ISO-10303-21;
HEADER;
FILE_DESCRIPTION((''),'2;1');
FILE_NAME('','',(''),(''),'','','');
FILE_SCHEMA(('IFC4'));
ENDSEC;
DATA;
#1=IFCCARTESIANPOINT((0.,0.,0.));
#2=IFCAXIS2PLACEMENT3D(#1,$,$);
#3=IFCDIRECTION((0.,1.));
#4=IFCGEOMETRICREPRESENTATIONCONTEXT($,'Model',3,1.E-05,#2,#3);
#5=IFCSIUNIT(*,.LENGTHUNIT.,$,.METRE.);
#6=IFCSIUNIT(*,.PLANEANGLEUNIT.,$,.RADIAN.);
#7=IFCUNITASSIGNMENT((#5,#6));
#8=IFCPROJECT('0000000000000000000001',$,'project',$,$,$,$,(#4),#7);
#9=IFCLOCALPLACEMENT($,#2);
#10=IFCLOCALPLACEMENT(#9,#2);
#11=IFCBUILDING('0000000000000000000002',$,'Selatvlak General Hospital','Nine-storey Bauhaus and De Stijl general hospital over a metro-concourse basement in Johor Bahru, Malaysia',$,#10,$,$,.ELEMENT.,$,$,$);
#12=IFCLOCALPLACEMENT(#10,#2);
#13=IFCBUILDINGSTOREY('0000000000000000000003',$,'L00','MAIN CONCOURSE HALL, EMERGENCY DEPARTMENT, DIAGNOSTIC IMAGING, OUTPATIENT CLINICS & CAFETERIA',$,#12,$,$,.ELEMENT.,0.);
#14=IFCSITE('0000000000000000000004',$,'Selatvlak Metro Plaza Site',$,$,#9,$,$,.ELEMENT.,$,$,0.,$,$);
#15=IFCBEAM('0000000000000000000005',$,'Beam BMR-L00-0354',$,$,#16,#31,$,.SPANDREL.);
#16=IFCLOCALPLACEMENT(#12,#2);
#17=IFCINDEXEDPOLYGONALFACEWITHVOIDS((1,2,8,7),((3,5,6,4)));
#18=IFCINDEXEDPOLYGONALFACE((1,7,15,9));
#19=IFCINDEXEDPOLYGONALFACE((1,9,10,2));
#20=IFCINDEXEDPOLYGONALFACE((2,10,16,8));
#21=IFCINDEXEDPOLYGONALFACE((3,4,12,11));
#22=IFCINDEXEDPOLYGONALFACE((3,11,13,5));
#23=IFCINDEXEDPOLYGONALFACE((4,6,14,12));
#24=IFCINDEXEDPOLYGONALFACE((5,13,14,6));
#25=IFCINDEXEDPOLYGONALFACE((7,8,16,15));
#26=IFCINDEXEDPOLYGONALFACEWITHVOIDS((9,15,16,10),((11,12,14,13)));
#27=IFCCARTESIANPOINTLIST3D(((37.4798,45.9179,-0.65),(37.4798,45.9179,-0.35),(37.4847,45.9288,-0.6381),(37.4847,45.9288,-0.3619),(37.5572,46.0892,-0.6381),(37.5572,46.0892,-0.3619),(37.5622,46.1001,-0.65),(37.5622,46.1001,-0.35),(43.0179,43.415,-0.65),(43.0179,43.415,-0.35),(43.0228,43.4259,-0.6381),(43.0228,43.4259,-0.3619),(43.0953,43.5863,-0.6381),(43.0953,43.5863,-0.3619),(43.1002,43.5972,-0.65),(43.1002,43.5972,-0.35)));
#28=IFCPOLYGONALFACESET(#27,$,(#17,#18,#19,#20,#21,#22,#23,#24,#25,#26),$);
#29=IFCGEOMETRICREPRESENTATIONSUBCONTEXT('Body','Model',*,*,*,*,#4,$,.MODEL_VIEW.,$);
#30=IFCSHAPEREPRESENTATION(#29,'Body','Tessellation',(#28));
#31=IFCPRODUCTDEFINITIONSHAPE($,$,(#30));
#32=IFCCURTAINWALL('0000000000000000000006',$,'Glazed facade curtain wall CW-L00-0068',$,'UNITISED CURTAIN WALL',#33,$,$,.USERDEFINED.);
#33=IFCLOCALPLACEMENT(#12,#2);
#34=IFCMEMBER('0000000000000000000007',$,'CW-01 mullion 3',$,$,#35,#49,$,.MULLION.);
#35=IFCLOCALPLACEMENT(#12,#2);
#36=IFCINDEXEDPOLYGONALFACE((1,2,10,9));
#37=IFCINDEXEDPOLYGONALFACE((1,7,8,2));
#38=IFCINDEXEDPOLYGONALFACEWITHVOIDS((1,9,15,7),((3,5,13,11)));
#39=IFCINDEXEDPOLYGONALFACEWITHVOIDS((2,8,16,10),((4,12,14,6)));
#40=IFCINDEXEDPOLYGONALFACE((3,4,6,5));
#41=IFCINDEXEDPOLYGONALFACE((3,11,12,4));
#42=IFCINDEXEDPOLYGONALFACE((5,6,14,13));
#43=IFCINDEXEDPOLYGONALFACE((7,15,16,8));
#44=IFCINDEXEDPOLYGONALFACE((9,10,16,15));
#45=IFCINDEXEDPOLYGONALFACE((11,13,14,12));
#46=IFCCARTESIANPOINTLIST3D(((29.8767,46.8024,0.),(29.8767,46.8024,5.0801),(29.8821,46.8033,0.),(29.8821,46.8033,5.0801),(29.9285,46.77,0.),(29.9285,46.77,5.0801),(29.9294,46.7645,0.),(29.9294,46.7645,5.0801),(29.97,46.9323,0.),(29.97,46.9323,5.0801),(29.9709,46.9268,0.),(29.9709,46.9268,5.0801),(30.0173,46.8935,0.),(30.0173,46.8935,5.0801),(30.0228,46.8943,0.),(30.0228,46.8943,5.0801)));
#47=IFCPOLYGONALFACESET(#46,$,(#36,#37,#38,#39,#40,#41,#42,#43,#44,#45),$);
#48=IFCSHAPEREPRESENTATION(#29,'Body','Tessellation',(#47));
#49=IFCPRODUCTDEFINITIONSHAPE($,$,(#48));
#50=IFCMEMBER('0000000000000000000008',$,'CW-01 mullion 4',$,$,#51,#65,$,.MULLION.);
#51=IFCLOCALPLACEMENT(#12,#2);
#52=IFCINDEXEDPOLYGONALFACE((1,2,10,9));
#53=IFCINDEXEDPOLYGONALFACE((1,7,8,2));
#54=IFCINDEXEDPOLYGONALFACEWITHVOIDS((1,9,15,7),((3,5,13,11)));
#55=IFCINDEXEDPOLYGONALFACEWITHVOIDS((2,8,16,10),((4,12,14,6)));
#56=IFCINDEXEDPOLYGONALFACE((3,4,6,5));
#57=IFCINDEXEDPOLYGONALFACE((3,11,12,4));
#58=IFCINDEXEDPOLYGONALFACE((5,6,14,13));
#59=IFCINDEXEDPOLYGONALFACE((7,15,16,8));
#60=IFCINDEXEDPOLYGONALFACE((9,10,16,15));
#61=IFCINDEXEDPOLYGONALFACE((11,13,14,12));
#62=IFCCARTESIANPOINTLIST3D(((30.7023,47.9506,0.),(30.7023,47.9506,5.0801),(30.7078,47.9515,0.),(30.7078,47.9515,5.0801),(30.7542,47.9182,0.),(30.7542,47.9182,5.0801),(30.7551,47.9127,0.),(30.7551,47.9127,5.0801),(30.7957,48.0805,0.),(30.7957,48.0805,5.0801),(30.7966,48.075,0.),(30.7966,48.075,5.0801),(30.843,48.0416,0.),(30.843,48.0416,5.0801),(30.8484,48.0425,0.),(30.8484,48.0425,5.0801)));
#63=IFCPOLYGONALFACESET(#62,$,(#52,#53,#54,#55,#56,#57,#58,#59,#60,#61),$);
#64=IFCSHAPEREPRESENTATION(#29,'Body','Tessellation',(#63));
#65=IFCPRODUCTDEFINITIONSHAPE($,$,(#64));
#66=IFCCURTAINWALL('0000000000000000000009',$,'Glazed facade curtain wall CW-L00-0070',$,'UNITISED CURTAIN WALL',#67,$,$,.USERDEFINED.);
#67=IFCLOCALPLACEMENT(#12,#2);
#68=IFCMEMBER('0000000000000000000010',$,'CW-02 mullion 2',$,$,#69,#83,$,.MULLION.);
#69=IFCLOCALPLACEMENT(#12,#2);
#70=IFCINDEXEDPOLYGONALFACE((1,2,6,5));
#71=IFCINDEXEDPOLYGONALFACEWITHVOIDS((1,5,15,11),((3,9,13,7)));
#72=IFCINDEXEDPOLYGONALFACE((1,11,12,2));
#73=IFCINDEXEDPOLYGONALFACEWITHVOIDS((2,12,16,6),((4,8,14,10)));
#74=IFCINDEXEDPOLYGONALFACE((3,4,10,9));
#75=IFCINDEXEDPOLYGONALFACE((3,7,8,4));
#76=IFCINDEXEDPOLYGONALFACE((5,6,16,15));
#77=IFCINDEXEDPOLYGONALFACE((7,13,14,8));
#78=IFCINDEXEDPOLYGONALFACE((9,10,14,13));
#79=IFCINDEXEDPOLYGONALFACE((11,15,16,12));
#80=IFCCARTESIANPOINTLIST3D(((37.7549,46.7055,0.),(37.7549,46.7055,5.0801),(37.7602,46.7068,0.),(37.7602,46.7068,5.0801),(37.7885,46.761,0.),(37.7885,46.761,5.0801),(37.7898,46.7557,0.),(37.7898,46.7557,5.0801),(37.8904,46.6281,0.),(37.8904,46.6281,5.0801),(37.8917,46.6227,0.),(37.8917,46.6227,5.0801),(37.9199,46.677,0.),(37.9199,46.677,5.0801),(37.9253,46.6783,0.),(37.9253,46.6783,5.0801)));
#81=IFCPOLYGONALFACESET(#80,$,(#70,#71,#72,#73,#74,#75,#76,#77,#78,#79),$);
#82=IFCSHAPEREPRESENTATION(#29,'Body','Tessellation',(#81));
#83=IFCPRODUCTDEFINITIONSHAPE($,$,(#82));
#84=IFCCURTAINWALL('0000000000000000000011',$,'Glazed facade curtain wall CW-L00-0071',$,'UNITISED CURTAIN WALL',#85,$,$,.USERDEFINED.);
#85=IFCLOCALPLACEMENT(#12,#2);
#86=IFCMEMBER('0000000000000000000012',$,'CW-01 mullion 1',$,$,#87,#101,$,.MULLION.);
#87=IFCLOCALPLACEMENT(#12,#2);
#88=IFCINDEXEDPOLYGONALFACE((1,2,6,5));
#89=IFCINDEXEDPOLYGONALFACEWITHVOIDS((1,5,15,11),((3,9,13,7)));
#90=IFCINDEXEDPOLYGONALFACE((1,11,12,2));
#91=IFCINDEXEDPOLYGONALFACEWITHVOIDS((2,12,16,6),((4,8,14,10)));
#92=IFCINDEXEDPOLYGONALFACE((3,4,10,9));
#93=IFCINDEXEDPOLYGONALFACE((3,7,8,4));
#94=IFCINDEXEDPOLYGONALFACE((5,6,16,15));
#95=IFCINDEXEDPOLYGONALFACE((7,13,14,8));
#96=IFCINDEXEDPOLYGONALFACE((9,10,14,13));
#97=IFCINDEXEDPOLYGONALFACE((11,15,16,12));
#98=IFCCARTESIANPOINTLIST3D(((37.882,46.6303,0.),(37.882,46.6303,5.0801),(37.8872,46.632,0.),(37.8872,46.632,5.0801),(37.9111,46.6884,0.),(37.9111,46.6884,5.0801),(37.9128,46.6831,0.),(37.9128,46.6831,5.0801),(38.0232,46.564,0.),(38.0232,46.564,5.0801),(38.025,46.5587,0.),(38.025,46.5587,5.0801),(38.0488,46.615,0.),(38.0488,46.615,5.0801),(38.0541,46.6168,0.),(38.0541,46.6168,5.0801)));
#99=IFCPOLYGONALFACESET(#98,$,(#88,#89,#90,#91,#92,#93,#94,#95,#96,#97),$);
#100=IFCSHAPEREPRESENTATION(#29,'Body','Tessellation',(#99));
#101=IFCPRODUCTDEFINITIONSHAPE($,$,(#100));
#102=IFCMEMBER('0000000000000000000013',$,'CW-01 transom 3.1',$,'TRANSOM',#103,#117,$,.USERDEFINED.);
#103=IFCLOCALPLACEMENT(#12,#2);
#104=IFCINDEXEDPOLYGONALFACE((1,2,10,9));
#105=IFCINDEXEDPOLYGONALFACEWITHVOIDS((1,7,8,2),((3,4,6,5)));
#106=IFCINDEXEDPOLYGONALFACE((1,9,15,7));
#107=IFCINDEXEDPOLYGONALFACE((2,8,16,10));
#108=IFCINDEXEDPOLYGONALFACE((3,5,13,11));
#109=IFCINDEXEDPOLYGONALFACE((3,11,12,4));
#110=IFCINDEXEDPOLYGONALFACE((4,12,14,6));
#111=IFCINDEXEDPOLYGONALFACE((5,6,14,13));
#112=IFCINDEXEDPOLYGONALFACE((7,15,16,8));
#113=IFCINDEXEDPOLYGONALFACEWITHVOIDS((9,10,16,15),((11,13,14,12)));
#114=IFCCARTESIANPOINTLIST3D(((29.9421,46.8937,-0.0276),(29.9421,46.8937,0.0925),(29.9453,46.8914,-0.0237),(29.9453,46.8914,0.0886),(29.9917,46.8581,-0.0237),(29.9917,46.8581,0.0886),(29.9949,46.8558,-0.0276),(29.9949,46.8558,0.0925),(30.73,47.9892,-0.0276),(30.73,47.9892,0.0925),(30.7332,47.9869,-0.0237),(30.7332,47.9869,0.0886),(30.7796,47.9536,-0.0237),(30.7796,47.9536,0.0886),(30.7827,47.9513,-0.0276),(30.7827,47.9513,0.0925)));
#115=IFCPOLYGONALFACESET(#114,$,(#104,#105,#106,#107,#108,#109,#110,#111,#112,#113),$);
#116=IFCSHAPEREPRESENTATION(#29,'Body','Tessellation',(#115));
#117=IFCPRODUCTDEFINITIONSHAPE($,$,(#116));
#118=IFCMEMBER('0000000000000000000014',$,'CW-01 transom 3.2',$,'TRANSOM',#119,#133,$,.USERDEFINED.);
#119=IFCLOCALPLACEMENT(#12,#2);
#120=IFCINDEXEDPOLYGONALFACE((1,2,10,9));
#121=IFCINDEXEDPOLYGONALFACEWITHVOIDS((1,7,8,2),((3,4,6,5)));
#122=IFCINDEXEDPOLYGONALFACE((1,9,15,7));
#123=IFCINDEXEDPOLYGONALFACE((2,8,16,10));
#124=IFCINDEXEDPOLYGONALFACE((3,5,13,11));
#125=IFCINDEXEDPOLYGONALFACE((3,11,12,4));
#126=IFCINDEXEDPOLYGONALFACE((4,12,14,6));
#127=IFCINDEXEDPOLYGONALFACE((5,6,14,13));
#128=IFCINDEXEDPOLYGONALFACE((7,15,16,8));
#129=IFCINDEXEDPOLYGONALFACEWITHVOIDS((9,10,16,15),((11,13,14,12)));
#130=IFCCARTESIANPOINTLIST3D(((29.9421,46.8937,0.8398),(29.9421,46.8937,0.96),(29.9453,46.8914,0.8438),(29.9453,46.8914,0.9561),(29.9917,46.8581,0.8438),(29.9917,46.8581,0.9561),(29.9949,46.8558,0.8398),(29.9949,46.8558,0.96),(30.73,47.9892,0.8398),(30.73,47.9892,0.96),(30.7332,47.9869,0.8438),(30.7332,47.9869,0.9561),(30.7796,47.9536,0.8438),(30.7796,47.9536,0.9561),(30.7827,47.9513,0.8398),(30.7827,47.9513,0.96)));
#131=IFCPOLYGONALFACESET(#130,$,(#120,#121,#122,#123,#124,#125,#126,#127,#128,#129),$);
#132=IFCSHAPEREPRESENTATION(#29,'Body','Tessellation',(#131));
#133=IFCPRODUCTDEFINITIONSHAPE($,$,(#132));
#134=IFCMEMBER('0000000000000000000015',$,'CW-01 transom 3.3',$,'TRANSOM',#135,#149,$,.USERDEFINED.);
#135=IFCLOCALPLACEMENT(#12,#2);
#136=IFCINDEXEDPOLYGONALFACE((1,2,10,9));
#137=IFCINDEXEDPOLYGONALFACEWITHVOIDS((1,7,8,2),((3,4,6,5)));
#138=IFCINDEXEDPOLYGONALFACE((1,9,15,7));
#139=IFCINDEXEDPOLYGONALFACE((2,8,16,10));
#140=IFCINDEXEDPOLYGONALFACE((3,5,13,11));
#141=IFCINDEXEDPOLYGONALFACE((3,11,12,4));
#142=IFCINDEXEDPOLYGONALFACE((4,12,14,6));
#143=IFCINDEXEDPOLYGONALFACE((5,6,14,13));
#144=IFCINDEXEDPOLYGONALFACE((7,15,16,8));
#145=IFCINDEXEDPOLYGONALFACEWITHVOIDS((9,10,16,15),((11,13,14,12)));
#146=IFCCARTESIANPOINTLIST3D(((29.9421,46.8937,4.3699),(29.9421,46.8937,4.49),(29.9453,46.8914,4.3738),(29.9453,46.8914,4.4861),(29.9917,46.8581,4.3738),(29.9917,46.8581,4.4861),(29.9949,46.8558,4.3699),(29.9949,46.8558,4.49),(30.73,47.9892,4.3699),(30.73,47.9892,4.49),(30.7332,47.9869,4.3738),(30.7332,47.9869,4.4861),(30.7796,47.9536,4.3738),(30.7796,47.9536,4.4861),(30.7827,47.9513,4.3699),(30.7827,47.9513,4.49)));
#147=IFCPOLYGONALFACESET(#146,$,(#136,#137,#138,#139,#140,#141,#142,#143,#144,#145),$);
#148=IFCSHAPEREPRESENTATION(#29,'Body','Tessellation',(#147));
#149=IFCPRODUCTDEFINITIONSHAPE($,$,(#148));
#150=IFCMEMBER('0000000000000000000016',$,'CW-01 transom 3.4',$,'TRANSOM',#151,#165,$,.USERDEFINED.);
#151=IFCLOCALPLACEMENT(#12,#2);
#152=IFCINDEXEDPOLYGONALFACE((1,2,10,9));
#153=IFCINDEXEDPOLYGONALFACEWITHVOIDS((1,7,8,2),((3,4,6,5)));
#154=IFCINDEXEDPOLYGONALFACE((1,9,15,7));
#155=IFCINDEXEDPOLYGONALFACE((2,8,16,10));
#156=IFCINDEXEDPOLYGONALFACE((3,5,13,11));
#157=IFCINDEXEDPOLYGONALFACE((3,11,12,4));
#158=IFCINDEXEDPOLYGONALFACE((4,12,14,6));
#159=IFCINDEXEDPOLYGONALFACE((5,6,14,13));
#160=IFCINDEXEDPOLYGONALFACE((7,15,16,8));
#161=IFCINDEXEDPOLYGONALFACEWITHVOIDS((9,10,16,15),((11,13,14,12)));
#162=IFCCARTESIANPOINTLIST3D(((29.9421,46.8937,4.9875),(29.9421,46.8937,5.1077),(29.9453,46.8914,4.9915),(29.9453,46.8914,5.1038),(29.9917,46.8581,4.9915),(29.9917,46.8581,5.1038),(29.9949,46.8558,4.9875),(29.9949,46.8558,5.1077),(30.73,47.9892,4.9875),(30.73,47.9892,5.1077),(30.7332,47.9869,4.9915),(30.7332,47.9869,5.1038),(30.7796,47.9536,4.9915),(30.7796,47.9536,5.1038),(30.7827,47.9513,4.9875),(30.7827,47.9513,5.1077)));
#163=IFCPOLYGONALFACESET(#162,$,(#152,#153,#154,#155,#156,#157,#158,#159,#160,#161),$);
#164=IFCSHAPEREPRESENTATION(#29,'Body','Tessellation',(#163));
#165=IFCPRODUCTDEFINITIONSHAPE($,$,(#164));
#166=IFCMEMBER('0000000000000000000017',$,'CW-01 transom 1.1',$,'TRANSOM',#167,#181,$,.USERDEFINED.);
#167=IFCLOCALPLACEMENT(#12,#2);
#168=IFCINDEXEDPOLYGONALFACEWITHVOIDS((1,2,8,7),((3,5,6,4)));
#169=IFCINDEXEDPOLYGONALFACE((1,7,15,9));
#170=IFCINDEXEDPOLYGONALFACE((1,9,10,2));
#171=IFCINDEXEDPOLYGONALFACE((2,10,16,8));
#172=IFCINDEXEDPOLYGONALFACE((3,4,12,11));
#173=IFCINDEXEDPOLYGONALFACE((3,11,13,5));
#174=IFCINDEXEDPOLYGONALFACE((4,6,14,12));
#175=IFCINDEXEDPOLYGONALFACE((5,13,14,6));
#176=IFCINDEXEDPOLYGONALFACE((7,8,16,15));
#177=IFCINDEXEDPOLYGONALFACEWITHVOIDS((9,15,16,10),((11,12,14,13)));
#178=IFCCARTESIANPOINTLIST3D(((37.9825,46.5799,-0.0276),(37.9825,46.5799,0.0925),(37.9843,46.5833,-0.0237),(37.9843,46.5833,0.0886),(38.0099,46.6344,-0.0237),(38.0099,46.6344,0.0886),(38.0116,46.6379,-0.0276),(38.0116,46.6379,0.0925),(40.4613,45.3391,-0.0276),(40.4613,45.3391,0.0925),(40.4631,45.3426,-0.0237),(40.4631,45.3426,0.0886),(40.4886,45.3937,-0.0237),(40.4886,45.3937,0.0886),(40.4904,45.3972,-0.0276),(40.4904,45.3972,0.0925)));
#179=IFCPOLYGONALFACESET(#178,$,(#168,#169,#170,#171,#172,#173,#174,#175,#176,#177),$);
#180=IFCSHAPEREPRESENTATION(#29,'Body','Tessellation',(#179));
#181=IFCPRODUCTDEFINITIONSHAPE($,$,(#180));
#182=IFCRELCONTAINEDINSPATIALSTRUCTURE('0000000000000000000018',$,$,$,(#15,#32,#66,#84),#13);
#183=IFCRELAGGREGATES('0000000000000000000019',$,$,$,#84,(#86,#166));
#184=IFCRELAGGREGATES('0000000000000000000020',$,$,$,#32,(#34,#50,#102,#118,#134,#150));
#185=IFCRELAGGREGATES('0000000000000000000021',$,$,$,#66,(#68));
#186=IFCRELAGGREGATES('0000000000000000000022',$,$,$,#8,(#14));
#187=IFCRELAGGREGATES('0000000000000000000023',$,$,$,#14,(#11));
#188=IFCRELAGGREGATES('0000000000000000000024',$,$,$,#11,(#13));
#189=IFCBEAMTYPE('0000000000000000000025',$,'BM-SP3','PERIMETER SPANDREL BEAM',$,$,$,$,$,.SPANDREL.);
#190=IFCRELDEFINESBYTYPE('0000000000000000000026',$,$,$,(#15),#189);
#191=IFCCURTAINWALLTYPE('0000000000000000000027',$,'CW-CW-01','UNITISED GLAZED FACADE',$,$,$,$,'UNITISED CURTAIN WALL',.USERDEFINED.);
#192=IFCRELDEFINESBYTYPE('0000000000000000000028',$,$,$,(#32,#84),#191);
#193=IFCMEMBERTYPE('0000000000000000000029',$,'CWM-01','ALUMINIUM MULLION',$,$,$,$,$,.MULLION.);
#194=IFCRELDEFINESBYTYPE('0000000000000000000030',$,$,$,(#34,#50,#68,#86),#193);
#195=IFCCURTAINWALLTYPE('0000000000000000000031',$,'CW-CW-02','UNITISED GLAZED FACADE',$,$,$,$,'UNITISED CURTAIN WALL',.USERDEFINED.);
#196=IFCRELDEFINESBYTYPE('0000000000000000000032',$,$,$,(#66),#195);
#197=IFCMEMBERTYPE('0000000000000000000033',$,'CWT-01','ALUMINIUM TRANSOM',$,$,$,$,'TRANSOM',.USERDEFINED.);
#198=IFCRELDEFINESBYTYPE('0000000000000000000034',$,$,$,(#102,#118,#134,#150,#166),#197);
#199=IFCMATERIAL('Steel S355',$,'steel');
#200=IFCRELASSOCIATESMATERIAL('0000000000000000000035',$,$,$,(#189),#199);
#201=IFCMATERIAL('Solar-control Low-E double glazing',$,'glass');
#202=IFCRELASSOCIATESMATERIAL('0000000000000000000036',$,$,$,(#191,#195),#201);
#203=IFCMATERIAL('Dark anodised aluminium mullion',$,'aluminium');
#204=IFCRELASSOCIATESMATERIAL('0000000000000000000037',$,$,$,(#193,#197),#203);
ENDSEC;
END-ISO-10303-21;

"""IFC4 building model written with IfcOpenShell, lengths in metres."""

from ifc_helpers import new_model, si_unit, direction, frame, origin, origin_2d, place, context, subcontext, project, spatial, hollow_rectangle, extrude, material, material_profile, profile_set, type_object, element, aggregate, save


model = new_model("IFC4")

# Units and contexts
model_context = context("Model", 3, precision=1e-05, world=origin(), true_north=direction((0.0, 1.0)))
body_context = subcontext(model_context, "Body", "Model", "MODEL_VIEW")
ifc_project = project(units=[si_unit("LENGTHUNIT", "METRE"), si_unit("PLANEANGLEUNIT", "RADIAN")], contexts=[model_context])

# Site, building, storey
site_placement = place(None, origin())
site = spatial("IfcSite", under=ifc_project, at=site_placement, Name="Selatvlak Metro Plaza Site", CompositionType="ELEMENT", RefElevation=0.0)
building_placement = place(site_placement, origin())
building = spatial("IfcBuilding", under=site, at=building_placement, Name="Selatvlak General Hospital", Description="Nine-storey Bauhaus and De Stijl general hospital over a metro-concourse basement in Johor Bahru, Malaysia", CompositionType="ELEMENT")
storey_placement = place(building_placement, origin())
storey = spatial("IfcBuildingStorey", under=building, at=storey_placement, Name="L00", Description="MAIN CONCOURSE HALL, EMERGENCY DEPARTMENT, DIAGNOSTIC IMAGING, OUTPATIENT CLINICS & CAFETERIA", CompositionType="ELEMENT", Elevation=0.0)

# Beam
ifc_material_1 = material(Name="Steel S355", Category="steel")
ifc_material_profile_1 = material_profile(ifc_material_1, hollow_rectangle(XDim=0.2, YDim=0.3, WallThickness=0.012, at=origin_2d()), Name="RHS 300x200x12")
ifc_profile_set_1 = profile_set([ifc_material_profile_1], Name="Steel S355")
beam_type = type_object("IfcBeamType", Name="BM-SP3", Description="PERIMETER SPANDREL BEAM", PredefinedType="SPANDREL", material=ifc_profile_set_1)
beam_placement = place(storey_placement, frame((37.521, 46.009, -0.5), z_axis=(0.911256, -0.411841, 0.0), x_axis=(0.411841, 0.911256, 0.0)))
element("IfcBeam", 1, at=beam_placement, inside=storey, type_object=beam_type, Name="Beam BMR-L00-0354", PredefinedType="SPANDREL", context=body_context, shape_type="SweptSolid", body=[
    extrude(hollow_rectangle(XDim=0.2, YDim=0.3, WallThickness=0.012, at=origin_2d()), origin(), (0.0, 0.0, 1.0), 6.0774),
])

# Curtain wall, members
ifc_material_2 = material(Name="Solar-control Low-E double glazing", Category="glass")
curtain_wall_type_1 = type_object("IfcCurtainWallType", Name="CW-CW-01", Description="UNITISED GLAZED FACADE", ElementType="UNITISED CURTAIN WALL", PredefinedType="USERDEFINED", material=ifc_material_2)
curtain_wall_1_placement = place(storey_placement, origin())
curtain_wall_1 = element("IfcCurtainWall", 2, at=curtain_wall_1_placement, inside=storey, type_object=curtain_wall_type_1, Name="Glazed facade curtain wall CW-L00-0068", ObjectType="UNITISED CURTAIN WALL", PredefinedType="USERDEFINED")
ifc_material_3 = material(Name="Dark anodised aluminium mullion", Category="aluminium")
ifc_material_profile_2 = material_profile(ifc_material_3, hollow_rectangle(XDim=0.0649, YDim=0.1599, WallThickness=0.0039, at=origin_2d()), Name="AL-MUL 65x160x4")
ifc_profile_set_2 = profile_set([ifc_material_profile_2], Name="Dark anodised aluminium mullion")
member_type_1 = type_object("IfcMemberType", Name="CWM-01", Description="ALUMINIUM MULLION", PredefinedType="MULLION", material=ifc_profile_set_2)
member_1_placement = place(storey_placement, frame((29.9497, 46.8484, 0.0), z_axis=(0.0, 0.0, 1.0), x_axis=(-0.811837, 0.583884, 0.0)))
member_1 = element("IfcMember", 3, at=member_1_placement, type_object=member_type_1, Name="CW-01 mullion 3", PredefinedType="MULLION", context=body_context, shape_type="SweptSolid", body=[
    extrude(hollow_rectangle(XDim=0.0649, YDim=0.1599, WallThickness=0.0039, at=origin_2d()), origin(), (0.0, 0.0, 1.0), 5.0801),
])
member_2_placement = place(storey_placement, frame((30.7754, 47.9966, 0.0), z_axis=(0.0, 0.0, 1.0), x_axis=(-0.811837, 0.583884, 0.0)))
member_2 = element("IfcMember", 4, at=member_2_placement, type_object=member_type_1, Name="CW-01 mullion 4", PredefinedType="MULLION", context=body_context, shape_type="SweptSolid", body=[
    extrude(hollow_rectangle(XDim=0.0649, YDim=0.1599, WallThickness=0.0039, at=origin_2d()), origin(), (0.0, 0.0, 1.0), 5.0801),
])

# Curtain walls, members
curtain_wall_type_2 = type_object("IfcCurtainWallType", Name="CW-CW-02", Description="UNITISED GLAZED FACADE", ElementType="UNITISED CURTAIN WALL", PredefinedType="USERDEFINED", material=ifc_material_2)
curtain_wall_2_placement = place(storey_placement, origin())
curtain_wall_2 = element("IfcCurtainWall", 5, at=curtain_wall_2_placement, inside=storey, type_object=curtain_wall_type_2, Name="Glazed facade curtain wall CW-L00-0070", ObjectType="UNITISED CURTAIN WALL", PredefinedType="USERDEFINED")
member_3_placement = place(storey_placement, frame((37.8401, 46.6919, 0.0), z_axis=(0.0, 0.0, 1.0), x_axis=(0.517384, 0.855753, 0.0)))
member_3 = element("IfcMember", 6, at=member_3_placement, type_object=member_type_1, Name="CW-02 mullion 2", PredefinedType="MULLION", context=body_context, shape_type="SweptSolid", body=[
    extrude(hollow_rectangle(XDim=0.0649, YDim=0.1599, WallThickness=0.0039, at=origin_2d()), origin(), (0.0, 0.0, 1.0), 5.0801),
])
curtain_wall_3_placement = place(storey_placement, origin())
curtain_wall_3 = element("IfcCurtainWall", 7, at=curtain_wall_3_placement, inside=storey, type_object=curtain_wall_type_1, Name="Glazed facade curtain wall CW-L00-0071", ObjectType="UNITISED CURTAIN WALL", PredefinedType="USERDEFINED")
member_4_placement = place(storey_placement, frame((37.968, 46.6235, 0.0), z_axis=(0.0, 0.0, 1.0), x_axis=(0.447627, 0.89422, 0.0)))
member_4 = element("IfcMember", 8, at=member_4_placement, type_object=member_type_1, Name="CW-01 mullion 1", PredefinedType="MULLION", context=body_context, shape_type="SweptSolid", body=[
    extrude(hollow_rectangle(XDim=0.0649, YDim=0.1599, WallThickness=0.0039, at=origin_2d()), origin(), (0.0, 0.0, 1.0), 5.0801),
])

# Members
ifc_material_profile_3 = material_profile(ifc_material_3, hollow_rectangle(XDim=0.0649, YDim=0.1201, WallThickness=0.0039, at=origin_2d()), Name="AL-TRN 65x120x4")
ifc_profile_set_3 = profile_set([ifc_material_profile_3], Name="Dark anodised aluminium mullion")
member_type_2 = type_object("IfcMemberType", Name="CWT-01", Description="ALUMINIUM TRANSOM", ElementType="TRANSOM", PredefinedType="USERDEFINED", material=ifc_profile_set_3)
member_5_placement = place(storey_placement, frame((29.9685, 46.8748, 0.0325), z_axis=(0.583871, 0.811847, 0.0), x_axis=(-0.811847, 0.583871, 0.0)))
member_5 = element("IfcMember", 9, at=member_5_placement, type_object=member_type_2, Name="CW-01 transom 3.1", ObjectType="TRANSOM", PredefinedType="USERDEFINED", context=body_context, shape_type="SweptSolid", body=[
    extrude(hollow_rectangle(XDim=0.0649, YDim=0.1201, WallThickness=0.0039, at=origin_2d()), origin(), (0.0, 0.0, 1.0), 1.3494),
])
member_6_placement = place(storey_placement, frame((29.9685, 46.8748, 0.8999), z_axis=(0.583871, 0.811847, 0.0), x_axis=(-0.811847, 0.583871, 0.0)))
member_6 = element("IfcMember", 10, at=member_6_placement, type_object=member_type_2, Name="CW-01 transom 3.2", ObjectType="TRANSOM", PredefinedType="USERDEFINED", context=body_context, shape_type="SweptSolid", body=[
    extrude(hollow_rectangle(XDim=0.0649, YDim=0.1201, WallThickness=0.0039, at=origin_2d()), origin(), (0.0, 0.0, 1.0), 1.3494),
])
member_7_placement = place(storey_placement, frame((29.9685, 46.8748, 4.4299), z_axis=(0.583871, 0.811847, 0.0), x_axis=(-0.811847, 0.583871, 0.0)))
member_7 = element("IfcMember", 11, at=member_7_placement, type_object=member_type_2, Name="CW-01 transom 3.3", ObjectType="TRANSOM", PredefinedType="USERDEFINED", context=body_context, shape_type="SweptSolid", body=[
    extrude(hollow_rectangle(XDim=0.0649, YDim=0.1201, WallThickness=0.0039, at=origin_2d()), origin(), (0.0, 0.0, 1.0), 1.3494),
])
member_8_placement = place(storey_placement, frame((29.9685, 46.8748, 5.0476), z_axis=(0.583871, 0.811847, 0.0), x_axis=(-0.811847, 0.583871, 0.0)))
member_8 = element("IfcMember", 12, at=member_8_placement, type_object=member_type_2, Name="CW-01 transom 3.4", ObjectType="TRANSOM", PredefinedType="USERDEFINED", context=body_context, shape_type="SweptSolid", body=[
    extrude(hollow_rectangle(XDim=0.0649, YDim=0.1201, WallThickness=0.0039, at=origin_2d()), origin(), (0.0, 0.0, 1.0), 1.3494),
])
member_9_placement = place(storey_placement, frame((37.9971, 46.6089, 0.0325), z_axis=(0.894233, -0.447601, 0.0), x_axis=(0.447601, 0.894233, 0.0)))
member_9 = element("IfcMember", 13, at=member_9_placement, type_object=member_type_2, Name="CW-01 transom 1.1", ObjectType="TRANSOM", PredefinedType="USERDEFINED", context=body_context, shape_type="SweptSolid", body=[
    extrude(hollow_rectangle(XDim=0.0649, YDim=0.1201, WallThickness=0.0039, at=origin_2d()), origin(), (0.0, 0.0, 1.0), 2.772),
])
aggregate(curtain_wall_3, [member_4, member_9])

aggregate(curtain_wall_1, [member_1, member_2, member_5, member_6, member_7, member_8])
aggregate(curtain_wall_2, [member_3])

save(model, "model.ifc")
